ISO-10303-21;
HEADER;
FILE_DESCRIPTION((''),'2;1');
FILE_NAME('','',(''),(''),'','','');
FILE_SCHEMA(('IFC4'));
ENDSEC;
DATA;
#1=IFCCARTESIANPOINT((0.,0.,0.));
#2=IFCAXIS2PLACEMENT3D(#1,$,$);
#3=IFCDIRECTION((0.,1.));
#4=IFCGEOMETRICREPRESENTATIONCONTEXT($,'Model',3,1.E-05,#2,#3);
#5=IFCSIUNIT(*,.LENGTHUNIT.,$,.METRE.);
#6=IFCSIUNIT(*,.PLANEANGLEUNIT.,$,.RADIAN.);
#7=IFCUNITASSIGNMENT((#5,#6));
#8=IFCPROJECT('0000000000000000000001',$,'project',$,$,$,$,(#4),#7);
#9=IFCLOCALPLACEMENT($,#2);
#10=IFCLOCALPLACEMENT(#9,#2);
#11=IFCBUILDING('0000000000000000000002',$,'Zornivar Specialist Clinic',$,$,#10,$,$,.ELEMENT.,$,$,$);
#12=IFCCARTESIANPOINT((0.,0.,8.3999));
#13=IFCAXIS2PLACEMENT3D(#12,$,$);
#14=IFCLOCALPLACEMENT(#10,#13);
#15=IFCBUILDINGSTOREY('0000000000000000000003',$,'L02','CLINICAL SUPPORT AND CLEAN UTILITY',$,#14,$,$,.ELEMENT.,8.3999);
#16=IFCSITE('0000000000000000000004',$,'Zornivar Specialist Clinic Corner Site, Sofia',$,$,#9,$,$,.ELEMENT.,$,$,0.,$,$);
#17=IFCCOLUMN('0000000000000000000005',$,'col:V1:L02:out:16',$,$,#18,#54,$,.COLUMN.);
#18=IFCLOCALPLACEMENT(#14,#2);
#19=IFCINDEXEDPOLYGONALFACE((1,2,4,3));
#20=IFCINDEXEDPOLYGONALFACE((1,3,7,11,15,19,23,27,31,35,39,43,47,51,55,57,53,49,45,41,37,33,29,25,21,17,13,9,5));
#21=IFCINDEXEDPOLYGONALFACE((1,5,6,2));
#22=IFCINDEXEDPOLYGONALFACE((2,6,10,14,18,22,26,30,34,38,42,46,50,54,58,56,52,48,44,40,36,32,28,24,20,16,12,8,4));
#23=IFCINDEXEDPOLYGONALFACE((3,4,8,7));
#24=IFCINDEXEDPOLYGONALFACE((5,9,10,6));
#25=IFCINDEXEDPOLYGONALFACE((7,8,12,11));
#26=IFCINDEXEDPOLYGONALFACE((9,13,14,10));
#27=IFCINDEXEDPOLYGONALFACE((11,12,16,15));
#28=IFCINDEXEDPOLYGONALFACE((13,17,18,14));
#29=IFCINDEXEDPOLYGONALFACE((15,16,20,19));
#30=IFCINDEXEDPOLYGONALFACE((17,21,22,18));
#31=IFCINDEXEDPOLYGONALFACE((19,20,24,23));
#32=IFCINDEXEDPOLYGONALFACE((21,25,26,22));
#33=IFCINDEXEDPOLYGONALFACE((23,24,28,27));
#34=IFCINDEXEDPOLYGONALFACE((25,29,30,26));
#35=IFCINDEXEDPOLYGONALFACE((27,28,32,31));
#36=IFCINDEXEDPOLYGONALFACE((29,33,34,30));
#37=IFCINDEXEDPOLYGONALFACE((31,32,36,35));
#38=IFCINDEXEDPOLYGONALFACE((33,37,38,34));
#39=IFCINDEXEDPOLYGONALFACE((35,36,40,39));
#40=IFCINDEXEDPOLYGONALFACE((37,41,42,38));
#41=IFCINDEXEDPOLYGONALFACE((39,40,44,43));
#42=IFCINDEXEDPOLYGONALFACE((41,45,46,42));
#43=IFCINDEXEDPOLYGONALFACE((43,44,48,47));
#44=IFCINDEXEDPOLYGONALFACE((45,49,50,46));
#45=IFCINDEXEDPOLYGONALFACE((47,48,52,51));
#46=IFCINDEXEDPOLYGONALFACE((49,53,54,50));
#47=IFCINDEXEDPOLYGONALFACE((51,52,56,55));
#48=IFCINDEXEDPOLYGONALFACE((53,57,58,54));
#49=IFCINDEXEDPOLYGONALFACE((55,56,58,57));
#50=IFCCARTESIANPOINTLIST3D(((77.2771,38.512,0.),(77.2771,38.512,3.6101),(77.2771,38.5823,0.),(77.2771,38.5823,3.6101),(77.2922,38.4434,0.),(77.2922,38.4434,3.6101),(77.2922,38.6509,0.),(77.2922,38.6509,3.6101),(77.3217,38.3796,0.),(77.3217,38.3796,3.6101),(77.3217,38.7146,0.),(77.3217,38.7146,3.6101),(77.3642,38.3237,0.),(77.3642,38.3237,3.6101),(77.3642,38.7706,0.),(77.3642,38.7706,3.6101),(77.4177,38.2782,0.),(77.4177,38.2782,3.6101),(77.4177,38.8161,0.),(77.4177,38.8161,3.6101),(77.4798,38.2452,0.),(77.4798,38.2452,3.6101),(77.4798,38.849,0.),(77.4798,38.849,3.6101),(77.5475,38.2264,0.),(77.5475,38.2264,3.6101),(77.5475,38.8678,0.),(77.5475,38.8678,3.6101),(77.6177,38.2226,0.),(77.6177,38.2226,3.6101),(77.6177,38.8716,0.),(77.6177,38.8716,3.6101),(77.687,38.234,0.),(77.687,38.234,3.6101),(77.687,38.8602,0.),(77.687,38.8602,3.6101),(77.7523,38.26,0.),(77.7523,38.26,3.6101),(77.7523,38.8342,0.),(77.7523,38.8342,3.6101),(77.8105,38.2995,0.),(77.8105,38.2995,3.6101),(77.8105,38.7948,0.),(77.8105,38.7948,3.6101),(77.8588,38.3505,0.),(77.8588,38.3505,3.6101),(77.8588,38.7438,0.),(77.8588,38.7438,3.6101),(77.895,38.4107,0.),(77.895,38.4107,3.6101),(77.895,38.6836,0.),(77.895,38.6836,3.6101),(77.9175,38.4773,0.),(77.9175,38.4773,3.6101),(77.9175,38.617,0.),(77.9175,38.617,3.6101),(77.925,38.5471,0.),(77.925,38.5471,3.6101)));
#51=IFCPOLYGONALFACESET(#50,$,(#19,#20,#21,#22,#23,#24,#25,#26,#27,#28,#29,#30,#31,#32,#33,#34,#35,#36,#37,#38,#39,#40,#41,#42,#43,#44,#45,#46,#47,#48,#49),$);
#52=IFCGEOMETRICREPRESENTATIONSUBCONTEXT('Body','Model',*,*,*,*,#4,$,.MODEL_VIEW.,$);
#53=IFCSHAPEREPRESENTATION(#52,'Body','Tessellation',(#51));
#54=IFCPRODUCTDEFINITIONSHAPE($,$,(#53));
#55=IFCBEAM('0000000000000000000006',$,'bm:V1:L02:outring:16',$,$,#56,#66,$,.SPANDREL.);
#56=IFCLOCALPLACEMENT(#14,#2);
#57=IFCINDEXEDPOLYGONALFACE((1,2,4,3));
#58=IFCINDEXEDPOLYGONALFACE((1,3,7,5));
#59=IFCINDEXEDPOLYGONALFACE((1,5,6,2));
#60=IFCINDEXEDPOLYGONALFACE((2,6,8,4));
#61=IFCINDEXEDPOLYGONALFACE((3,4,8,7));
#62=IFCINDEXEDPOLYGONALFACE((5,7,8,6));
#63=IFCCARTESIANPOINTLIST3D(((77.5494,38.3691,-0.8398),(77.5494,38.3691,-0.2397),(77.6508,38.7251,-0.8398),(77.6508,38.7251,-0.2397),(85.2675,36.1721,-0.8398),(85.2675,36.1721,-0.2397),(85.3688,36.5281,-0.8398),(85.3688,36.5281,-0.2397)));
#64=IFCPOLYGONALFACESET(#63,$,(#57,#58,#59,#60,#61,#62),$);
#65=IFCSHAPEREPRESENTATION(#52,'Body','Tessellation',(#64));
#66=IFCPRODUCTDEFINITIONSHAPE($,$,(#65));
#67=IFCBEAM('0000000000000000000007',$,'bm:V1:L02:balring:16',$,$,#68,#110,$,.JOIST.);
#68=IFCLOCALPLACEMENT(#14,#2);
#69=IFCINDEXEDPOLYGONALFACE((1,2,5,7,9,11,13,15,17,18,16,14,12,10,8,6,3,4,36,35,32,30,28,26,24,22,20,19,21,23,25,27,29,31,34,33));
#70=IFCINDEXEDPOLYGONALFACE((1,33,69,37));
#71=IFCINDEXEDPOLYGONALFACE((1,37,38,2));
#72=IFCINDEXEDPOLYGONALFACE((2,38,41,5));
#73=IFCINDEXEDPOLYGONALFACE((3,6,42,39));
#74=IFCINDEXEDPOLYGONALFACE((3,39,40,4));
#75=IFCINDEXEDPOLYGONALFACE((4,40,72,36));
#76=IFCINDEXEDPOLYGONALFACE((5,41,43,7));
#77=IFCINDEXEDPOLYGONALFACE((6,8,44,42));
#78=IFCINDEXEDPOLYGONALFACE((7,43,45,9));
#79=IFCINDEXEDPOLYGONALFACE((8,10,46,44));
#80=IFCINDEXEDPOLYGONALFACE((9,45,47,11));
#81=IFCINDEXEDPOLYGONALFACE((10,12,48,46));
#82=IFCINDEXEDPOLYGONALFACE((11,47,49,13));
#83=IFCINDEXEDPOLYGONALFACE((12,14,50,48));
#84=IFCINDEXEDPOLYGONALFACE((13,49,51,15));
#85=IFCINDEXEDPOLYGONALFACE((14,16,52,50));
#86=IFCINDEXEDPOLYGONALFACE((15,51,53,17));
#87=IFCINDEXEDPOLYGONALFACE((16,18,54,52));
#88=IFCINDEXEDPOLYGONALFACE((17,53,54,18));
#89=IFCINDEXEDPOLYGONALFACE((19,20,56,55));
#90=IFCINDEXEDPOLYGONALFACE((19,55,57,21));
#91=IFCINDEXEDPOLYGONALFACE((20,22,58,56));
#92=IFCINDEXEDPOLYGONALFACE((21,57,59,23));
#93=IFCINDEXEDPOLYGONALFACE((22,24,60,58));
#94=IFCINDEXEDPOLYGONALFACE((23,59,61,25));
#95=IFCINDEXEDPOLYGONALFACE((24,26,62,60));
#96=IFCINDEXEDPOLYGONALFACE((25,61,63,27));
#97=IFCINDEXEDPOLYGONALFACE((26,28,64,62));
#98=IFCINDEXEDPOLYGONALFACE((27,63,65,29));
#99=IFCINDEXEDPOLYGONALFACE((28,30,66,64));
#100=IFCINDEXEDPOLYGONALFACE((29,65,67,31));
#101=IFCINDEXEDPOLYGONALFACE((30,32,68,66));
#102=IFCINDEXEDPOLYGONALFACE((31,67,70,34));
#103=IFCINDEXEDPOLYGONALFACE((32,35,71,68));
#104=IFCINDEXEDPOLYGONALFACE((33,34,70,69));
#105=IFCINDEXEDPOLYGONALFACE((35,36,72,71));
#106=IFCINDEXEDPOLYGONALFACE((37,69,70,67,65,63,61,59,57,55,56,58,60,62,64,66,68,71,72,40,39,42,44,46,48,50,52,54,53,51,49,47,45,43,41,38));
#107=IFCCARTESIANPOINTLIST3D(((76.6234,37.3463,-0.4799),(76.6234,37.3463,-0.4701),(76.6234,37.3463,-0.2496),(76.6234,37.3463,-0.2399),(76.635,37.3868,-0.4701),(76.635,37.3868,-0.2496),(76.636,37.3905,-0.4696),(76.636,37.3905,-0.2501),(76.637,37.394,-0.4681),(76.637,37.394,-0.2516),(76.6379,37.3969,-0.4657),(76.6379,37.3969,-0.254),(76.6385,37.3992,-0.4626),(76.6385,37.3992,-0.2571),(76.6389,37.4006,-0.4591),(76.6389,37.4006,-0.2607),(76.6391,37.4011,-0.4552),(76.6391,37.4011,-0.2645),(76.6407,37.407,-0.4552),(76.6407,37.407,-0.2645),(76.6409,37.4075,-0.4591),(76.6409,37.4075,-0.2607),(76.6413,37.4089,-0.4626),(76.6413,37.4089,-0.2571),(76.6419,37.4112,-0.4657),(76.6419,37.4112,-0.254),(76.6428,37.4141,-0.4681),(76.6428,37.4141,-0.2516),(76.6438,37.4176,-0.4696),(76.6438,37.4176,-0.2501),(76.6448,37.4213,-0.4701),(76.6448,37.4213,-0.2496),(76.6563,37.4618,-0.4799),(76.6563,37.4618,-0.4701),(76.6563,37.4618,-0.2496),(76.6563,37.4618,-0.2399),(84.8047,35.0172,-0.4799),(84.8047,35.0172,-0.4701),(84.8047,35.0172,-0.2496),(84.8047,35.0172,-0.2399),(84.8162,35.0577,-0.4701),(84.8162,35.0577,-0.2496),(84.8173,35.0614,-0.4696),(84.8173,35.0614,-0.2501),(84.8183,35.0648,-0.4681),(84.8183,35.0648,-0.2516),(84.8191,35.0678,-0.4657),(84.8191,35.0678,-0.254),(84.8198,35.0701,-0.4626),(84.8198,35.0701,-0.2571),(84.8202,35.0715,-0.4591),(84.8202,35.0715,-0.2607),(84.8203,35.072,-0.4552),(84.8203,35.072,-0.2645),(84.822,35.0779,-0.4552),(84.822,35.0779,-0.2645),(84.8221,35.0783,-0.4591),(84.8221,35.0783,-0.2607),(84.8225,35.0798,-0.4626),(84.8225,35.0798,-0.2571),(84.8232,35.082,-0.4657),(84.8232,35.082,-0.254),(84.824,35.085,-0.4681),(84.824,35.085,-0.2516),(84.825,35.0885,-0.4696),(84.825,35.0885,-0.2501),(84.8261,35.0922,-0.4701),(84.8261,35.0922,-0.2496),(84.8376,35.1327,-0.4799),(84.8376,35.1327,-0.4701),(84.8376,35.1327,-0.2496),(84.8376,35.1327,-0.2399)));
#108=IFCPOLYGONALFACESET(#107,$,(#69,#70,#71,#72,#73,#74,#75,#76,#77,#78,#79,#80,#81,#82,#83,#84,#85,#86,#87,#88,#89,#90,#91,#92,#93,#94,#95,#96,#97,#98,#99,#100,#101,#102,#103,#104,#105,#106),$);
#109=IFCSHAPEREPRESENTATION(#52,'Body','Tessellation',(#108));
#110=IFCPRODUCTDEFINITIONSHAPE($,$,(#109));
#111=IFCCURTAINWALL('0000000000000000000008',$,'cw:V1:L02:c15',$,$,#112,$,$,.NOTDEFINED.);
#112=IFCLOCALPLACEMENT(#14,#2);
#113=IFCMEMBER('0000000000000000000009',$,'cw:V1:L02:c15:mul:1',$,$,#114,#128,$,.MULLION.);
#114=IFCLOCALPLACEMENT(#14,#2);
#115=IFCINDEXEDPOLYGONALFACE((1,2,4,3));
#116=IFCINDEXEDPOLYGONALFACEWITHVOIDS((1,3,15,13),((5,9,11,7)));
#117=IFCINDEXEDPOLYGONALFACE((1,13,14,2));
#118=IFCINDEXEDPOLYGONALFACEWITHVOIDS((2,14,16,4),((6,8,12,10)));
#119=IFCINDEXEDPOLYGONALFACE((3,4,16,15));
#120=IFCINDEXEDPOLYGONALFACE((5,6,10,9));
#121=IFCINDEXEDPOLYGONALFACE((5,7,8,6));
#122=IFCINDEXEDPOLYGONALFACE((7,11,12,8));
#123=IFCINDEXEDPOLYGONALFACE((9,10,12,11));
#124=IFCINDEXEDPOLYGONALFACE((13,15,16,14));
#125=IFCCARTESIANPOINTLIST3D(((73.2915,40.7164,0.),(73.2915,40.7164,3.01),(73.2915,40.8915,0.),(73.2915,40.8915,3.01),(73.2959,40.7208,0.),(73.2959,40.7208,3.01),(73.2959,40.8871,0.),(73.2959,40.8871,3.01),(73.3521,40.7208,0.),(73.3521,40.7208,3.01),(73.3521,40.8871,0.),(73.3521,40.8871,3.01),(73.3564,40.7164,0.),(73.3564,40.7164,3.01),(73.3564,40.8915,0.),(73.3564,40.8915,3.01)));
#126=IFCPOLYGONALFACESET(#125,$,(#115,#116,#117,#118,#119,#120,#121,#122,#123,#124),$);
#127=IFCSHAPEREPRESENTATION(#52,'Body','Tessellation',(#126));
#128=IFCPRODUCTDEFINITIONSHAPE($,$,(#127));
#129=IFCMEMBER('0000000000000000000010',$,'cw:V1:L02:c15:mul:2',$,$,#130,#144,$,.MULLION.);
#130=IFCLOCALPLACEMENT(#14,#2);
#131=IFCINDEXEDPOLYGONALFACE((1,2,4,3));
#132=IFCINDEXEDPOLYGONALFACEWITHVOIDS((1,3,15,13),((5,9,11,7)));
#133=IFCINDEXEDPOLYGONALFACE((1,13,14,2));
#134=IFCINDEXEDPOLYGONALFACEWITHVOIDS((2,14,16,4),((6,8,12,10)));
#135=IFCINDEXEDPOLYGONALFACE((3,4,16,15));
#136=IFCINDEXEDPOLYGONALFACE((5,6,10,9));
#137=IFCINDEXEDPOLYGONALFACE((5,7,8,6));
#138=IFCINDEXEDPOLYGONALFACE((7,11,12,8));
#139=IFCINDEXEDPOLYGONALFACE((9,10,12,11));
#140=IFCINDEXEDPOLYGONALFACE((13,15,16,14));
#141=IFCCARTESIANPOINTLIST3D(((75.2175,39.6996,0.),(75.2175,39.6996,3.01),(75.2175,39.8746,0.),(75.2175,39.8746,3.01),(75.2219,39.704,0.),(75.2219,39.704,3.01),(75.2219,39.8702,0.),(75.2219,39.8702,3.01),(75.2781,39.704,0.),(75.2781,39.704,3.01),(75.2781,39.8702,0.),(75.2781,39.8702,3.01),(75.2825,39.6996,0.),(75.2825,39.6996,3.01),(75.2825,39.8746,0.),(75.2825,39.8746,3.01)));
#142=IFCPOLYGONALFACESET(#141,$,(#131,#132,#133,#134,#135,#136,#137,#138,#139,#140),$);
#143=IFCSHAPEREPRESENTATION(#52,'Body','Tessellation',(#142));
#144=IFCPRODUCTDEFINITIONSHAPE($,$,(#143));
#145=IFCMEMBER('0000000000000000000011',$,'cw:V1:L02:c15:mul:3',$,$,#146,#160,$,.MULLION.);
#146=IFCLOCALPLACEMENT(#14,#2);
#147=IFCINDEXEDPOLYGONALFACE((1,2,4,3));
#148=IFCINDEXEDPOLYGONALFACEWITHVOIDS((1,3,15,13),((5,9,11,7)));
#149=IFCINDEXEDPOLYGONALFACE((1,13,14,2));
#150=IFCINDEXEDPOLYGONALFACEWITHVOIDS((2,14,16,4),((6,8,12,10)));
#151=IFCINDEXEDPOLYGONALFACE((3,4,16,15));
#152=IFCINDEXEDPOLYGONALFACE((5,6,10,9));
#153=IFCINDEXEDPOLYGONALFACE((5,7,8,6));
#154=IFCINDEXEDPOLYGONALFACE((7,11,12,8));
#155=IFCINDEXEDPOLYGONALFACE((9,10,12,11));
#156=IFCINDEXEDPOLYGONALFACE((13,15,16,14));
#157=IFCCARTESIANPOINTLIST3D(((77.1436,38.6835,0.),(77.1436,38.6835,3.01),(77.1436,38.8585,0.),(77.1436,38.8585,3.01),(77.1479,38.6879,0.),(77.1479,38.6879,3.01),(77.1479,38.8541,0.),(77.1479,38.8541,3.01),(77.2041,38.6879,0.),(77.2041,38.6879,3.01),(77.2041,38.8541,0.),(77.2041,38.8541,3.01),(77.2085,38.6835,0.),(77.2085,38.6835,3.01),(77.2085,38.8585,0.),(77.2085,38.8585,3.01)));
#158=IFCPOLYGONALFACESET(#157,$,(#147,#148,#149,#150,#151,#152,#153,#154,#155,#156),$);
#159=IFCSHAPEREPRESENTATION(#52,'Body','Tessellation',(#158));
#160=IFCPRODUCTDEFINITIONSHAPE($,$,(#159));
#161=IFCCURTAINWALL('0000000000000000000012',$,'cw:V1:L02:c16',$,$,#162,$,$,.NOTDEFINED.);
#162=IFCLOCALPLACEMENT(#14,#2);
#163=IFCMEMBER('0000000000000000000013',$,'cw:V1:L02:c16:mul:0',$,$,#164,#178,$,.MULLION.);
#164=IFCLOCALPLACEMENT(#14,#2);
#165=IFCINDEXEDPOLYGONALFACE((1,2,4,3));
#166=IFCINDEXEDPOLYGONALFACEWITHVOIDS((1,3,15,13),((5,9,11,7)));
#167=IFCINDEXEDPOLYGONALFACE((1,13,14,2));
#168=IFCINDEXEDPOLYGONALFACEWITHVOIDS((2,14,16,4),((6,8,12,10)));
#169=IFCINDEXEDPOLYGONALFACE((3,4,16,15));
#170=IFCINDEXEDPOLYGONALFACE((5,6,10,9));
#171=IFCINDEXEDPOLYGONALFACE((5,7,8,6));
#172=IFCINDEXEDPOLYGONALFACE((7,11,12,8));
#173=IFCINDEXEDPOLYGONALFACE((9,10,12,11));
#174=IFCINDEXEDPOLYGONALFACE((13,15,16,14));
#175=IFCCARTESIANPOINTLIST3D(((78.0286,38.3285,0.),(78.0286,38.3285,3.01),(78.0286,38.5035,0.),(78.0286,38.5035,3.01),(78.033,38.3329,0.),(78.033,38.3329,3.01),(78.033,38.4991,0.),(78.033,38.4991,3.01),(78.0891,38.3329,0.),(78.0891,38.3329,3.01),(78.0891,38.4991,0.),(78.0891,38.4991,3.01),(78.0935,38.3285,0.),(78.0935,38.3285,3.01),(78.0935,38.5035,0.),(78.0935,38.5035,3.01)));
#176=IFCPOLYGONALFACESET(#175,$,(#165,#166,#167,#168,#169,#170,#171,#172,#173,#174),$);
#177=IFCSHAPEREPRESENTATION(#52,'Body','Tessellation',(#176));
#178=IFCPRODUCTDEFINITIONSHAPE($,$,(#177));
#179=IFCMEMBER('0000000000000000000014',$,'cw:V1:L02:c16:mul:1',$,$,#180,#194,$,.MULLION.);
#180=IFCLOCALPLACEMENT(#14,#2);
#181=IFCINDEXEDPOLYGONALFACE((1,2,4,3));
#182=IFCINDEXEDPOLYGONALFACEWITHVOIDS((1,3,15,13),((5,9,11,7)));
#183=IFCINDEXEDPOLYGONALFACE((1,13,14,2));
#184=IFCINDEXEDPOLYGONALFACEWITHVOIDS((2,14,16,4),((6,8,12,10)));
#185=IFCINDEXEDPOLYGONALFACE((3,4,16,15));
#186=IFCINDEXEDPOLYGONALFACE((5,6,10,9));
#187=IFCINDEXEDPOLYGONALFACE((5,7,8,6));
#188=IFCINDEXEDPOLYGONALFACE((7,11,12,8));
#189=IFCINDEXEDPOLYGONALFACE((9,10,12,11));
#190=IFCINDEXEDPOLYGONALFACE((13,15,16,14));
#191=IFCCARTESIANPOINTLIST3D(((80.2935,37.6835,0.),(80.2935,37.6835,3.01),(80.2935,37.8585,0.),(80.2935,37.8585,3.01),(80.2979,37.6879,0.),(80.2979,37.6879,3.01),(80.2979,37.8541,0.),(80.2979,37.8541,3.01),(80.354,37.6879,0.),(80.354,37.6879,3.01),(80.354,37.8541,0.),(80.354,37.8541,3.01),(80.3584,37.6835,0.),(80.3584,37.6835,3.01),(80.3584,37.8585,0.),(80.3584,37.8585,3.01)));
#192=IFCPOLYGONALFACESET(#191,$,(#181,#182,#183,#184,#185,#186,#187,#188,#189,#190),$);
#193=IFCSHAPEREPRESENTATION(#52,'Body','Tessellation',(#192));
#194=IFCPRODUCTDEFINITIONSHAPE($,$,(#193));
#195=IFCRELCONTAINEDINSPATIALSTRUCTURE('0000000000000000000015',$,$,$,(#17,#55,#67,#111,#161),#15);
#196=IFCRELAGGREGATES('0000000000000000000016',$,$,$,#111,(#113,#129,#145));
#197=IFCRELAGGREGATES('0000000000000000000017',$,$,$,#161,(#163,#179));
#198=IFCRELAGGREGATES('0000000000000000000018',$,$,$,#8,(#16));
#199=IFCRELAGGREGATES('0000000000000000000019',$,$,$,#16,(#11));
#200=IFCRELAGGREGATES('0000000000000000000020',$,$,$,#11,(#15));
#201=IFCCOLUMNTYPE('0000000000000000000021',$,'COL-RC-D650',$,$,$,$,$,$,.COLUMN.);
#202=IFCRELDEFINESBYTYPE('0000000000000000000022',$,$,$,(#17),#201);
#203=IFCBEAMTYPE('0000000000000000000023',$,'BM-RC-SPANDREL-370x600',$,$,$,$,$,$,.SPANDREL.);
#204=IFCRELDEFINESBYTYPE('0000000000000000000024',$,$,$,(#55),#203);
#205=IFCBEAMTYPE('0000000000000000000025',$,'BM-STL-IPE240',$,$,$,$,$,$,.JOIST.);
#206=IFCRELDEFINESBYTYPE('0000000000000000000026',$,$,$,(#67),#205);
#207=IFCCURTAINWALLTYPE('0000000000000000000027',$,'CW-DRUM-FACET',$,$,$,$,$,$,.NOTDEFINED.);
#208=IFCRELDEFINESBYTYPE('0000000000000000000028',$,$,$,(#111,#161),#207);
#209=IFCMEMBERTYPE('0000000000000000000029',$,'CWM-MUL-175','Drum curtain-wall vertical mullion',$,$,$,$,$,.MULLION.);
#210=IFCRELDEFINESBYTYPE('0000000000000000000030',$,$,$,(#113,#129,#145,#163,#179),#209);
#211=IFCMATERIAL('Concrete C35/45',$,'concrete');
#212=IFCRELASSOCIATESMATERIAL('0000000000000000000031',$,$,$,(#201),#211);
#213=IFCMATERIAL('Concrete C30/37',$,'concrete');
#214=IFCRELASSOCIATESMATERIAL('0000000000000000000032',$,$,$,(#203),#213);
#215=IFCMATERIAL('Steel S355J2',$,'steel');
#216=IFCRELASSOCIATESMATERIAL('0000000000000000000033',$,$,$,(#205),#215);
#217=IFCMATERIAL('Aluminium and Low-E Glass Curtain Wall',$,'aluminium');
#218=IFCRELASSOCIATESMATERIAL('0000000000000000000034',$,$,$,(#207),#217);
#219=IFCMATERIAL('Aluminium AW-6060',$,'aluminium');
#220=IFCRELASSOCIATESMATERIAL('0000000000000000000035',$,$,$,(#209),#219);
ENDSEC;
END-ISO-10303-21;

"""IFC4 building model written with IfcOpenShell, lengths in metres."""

from ifc_helpers import new_model, si_unit, direction, frame, origin, origin_2d, place, context, subcontext, project, spatial, rectangle, hollow_rectangle, circle, i_section, extrude, material, material_profile, profile_set, type_object, element, aggregate, save


model = new_model("IFC4")

# Units and contexts
model_context = context("Model", 3, precision=1e-05, world=origin(), true_north=direction((0.0, 1.0)))
body_context = subcontext(model_context, "Body", "Model", "MODEL_VIEW")
ifc_project = project(units=[si_unit("LENGTHUNIT", "METRE"), si_unit("PLANEANGLEUNIT", "RADIAN")], contexts=[model_context])

# Site, building, storey
site_placement = place(None, origin())
site = spatial("IfcSite", under=ifc_project, at=site_placement, Name="Zornivar Specialist Clinic Corner Site, Sofia", CompositionType="ELEMENT", RefElevation=0.0)
building_placement = place(site_placement, origin())
building = spatial("IfcBuilding", under=site, at=building_placement, Name="Zornivar Specialist Clinic", CompositionType="ELEMENT")
storey_placement = place(building_placement, frame((0.0, 0.0, 8.3999)))
storey = spatial("IfcBuildingStorey", under=building, at=storey_placement, Name="L02", Description="CLINICAL SUPPORT AND CLEAN UTILITY", CompositionType="ELEMENT", Elevation=8.3999)

# Column
ifc_material_1 = material(Name="Concrete C35/45", Category="concrete")
ifc_material_profile_1 = material_profile(ifc_material_1, circle(Radius=0.325, at=origin_2d()), Name="RC D650")
ifc_profile_set_1 = profile_set([ifc_material_profile_1], Name="Concrete C35/45")
column_type = type_object("IfcColumnType", Name="COL-RC-D650", PredefinedType="COLUMN", material=ifc_profile_set_1)
column_placement = place(storey_placement, frame((77.6001, 38.5471, 0.0), z_axis=(0.0, 0.0, 1.0), x_axis=(1.0, 0.0, 0.0)))
element("IfcColumn", 1, at=column_placement, inside=storey, type_object=column_type, Name="col:V1:L02:out:16", PredefinedType="COLUMN", context=body_context, shape_type="SweptSolid", body=[
    extrude(circle(Radius=0.325, at=origin_2d()), origin(), (0.0, 0.0, 1.0), 3.6101),
])

# Beams
ifc_material_2 = material(Name="Concrete C30/37", Category="concrete")
ifc_material_profile_2 = material_profile(ifc_material_2, rectangle(XDim=0.3701, YDim=0.6001, at=origin_2d()), Name="RC 370x600")
ifc_profile_set_2 = profile_set([ifc_material_profile_2], Name="Concrete C30/37")
beam_type_1 = type_object("IfcBeamType", Name="BM-RC-SPANDREL-370x600", PredefinedType="SPANDREL", material=ifc_profile_set_2)
beam_1_placement = place(storey_placement, frame((77.6001, 38.5471, -0.5398), z_axis=(0.961791, -0.273785, 0.0), x_axis=(0.273785, 0.961791, 0.0)))
element("IfcBeam", 2, at=beam_1_placement, inside=storey, type_object=beam_type_1, Name="bm:V1:L02:outring:16", PredefinedType="SPANDREL", context=body_context, shape_type="SweptSolid", body=[
    extrude(rectangle(XDim=0.3701, YDim=0.6001, at=origin_2d()), origin(), (0.0, 0.0, 1.0), 8.0247),
])
ifc_material_3 = material(Name="Steel S355J2", Category="steel")
ifc_material_profile_3 = material_profile(ifc_material_3, i_section(OverallWidth=0.1201, OverallDepth=0.24, WebThickness=0.0061, FlangeThickness=0.0098, FilletRadius=0.0149, at=origin_2d()), Name="IPE 240")
ifc_profile_set_3 = profile_set([ifc_material_profile_3], Name="Steel S355J2")
beam_type_2 = type_object("IfcBeamType", Name="BM-STL-IPE240", PredefinedType="JOIST", material=ifc_profile_set_3)
beam_2_placement = place(storey_placement, frame((76.6399, 37.4041, -0.3599), z_axis=(0.961783, -0.273811, 0.0), x_axis=(0.273811, 0.961783, 0.0)))
element("IfcBeam", 3, at=beam_2_placement, inside=storey, type_object=beam_type_2, Name="bm:V1:L02:balring:16", PredefinedType="JOIST", context=body_context, shape_type="SweptSolid", body=[
    extrude(i_section(OverallWidth=0.1201, OverallDepth=0.24, WebThickness=0.0061, FlangeThickness=0.0098, FilletRadius=0.0149, at=origin_2d()), origin(), (0.0, 0.0, 1.0), 8.5063),
])

# Curtain walls, members
ifc_material_4 = material(Name="Aluminium and Low-E Glass Curtain Wall", Category="aluminium")
curtain_wall_type = type_object("IfcCurtainWallType", Name="CW-DRUM-FACET", PredefinedType="NOTDEFINED", material=ifc_material_4)
curtain_wall_1_placement = place(storey_placement, origin())
curtain_wall_1 = element("IfcCurtainWall", 4, at=curtain_wall_1_placement, inside=storey, type_object=curtain_wall_type, Name="cw:V1:L02:c15", PredefinedType="NOTDEFINED")
ifc_material_5 = material(Name="Aluminium AW-6060", Category="aluminium")
ifc_material_profile_4 = material_profile(ifc_material_5, hollow_rectangle(XDim=0.0649, YDim=0.175, WallThickness=0.0044, at=origin_2d()), Name="ALU 65x175x4.5")
ifc_profile_set_4 = profile_set([ifc_material_profile_4], Name="Aluminium AW-6060")
member_type_1 = type_object("IfcMemberType", Name="CWM-MUL-175", Description="Drum curtain-wall vertical mullion", PredefinedType="MULLION", material=ifc_profile_set_4)
member_1_placement = place(storey_placement, frame((73.324, 40.804, 0.0), z_axis=(0.0, 0.0, 1.0), x_axis=(1.0, 0.0, 0.0)))
member_1 = element("IfcMember", 5, at=member_1_placement, type_object=member_type_1, Name="cw:V1:L02:c15:mul:1", PredefinedType="MULLION", context=body_context, shape_type="SweptSolid", body=[
    extrude(hollow_rectangle(XDim=0.0649, YDim=0.175, WallThickness=0.0044, at=origin_2d()), origin(), (0.0, 0.0, 1.0), 3.01),
])
member_2_placement = place(storey_placement, frame((75.25, 39.7871, 0.0), z_axis=(0.0, 0.0, 1.0), x_axis=(1.0, 0.0, 0.0)))
member_2 = element("IfcMember", 6, at=member_2_placement, type_object=member_type_1, Name="cw:V1:L02:c15:mul:2", PredefinedType="MULLION", context=body_context, shape_type="SweptSolid", body=[
    extrude(hollow_rectangle(XDim=0.0649, YDim=0.175, WallThickness=0.0044, at=origin_2d()), origin(), (0.0, 0.0, 1.0), 3.01),
])
member_3_placement = place(storey_placement, frame((77.176, 38.771, 0.0), z_axis=(0.0, 0.0, 1.0), x_axis=(1.0, 0.0, 0.0)))
member_3 = element("IfcMember", 7, at=member_3_placement, type_object=member_type_1, Name="cw:V1:L02:c15:mul:3", PredefinedType="MULLION", context=body_context, shape_type="SweptSolid", body=[
    extrude(hollow_rectangle(XDim=0.0649, YDim=0.175, WallThickness=0.0044, at=origin_2d()), origin(), (0.0, 0.0, 1.0), 3.01),
])
curtain_wall_2_placement = place(storey_placement, origin())
curtain_wall_2 = element("IfcCurtainWall", 8, at=curtain_wall_2_placement, inside=storey, type_object=curtain_wall_type, Name="cw:V1:L02:c16", PredefinedType="NOTDEFINED")
member_4_placement = place(storey_placement, frame((78.061, 38.416, 0.0), z_axis=(0.0, 0.0, 1.0), x_axis=(1.0, 0.0, 0.0)))
member_4 = element("IfcMember", 9, at=member_4_placement, type_object=member_type_1, Name="cw:V1:L02:c16:mul:0", PredefinedType="MULLION", context=body_context, shape_type="SweptSolid", body=[
    extrude(hollow_rectangle(XDim=0.0649, YDim=0.175, WallThickness=0.0044, at=origin_2d()), origin(), (0.0, 0.0, 1.0), 3.01),
])
member_5_placement = place(storey_placement, frame((80.3259, 37.771, 0.0), z_axis=(0.0, 0.0, 1.0), x_axis=(1.0, 0.0, 0.0)))
member_5 = element("IfcMember", 10, at=member_5_placement, type_object=member_type_1, Name="cw:V1:L02:c16:mul:1", PredefinedType="MULLION", context=body_context, shape_type="SweptSolid", body=[
    extrude(hollow_rectangle(XDim=0.0649, YDim=0.175, WallThickness=0.0044, at=origin_2d()), origin(), (0.0, 0.0, 1.0), 3.01),
])

aggregate(curtain_wall_1, [member_1, member_2, member_3])
aggregate(curtain_wall_2, [member_4, member_5])

save(model, "model.ifc")
